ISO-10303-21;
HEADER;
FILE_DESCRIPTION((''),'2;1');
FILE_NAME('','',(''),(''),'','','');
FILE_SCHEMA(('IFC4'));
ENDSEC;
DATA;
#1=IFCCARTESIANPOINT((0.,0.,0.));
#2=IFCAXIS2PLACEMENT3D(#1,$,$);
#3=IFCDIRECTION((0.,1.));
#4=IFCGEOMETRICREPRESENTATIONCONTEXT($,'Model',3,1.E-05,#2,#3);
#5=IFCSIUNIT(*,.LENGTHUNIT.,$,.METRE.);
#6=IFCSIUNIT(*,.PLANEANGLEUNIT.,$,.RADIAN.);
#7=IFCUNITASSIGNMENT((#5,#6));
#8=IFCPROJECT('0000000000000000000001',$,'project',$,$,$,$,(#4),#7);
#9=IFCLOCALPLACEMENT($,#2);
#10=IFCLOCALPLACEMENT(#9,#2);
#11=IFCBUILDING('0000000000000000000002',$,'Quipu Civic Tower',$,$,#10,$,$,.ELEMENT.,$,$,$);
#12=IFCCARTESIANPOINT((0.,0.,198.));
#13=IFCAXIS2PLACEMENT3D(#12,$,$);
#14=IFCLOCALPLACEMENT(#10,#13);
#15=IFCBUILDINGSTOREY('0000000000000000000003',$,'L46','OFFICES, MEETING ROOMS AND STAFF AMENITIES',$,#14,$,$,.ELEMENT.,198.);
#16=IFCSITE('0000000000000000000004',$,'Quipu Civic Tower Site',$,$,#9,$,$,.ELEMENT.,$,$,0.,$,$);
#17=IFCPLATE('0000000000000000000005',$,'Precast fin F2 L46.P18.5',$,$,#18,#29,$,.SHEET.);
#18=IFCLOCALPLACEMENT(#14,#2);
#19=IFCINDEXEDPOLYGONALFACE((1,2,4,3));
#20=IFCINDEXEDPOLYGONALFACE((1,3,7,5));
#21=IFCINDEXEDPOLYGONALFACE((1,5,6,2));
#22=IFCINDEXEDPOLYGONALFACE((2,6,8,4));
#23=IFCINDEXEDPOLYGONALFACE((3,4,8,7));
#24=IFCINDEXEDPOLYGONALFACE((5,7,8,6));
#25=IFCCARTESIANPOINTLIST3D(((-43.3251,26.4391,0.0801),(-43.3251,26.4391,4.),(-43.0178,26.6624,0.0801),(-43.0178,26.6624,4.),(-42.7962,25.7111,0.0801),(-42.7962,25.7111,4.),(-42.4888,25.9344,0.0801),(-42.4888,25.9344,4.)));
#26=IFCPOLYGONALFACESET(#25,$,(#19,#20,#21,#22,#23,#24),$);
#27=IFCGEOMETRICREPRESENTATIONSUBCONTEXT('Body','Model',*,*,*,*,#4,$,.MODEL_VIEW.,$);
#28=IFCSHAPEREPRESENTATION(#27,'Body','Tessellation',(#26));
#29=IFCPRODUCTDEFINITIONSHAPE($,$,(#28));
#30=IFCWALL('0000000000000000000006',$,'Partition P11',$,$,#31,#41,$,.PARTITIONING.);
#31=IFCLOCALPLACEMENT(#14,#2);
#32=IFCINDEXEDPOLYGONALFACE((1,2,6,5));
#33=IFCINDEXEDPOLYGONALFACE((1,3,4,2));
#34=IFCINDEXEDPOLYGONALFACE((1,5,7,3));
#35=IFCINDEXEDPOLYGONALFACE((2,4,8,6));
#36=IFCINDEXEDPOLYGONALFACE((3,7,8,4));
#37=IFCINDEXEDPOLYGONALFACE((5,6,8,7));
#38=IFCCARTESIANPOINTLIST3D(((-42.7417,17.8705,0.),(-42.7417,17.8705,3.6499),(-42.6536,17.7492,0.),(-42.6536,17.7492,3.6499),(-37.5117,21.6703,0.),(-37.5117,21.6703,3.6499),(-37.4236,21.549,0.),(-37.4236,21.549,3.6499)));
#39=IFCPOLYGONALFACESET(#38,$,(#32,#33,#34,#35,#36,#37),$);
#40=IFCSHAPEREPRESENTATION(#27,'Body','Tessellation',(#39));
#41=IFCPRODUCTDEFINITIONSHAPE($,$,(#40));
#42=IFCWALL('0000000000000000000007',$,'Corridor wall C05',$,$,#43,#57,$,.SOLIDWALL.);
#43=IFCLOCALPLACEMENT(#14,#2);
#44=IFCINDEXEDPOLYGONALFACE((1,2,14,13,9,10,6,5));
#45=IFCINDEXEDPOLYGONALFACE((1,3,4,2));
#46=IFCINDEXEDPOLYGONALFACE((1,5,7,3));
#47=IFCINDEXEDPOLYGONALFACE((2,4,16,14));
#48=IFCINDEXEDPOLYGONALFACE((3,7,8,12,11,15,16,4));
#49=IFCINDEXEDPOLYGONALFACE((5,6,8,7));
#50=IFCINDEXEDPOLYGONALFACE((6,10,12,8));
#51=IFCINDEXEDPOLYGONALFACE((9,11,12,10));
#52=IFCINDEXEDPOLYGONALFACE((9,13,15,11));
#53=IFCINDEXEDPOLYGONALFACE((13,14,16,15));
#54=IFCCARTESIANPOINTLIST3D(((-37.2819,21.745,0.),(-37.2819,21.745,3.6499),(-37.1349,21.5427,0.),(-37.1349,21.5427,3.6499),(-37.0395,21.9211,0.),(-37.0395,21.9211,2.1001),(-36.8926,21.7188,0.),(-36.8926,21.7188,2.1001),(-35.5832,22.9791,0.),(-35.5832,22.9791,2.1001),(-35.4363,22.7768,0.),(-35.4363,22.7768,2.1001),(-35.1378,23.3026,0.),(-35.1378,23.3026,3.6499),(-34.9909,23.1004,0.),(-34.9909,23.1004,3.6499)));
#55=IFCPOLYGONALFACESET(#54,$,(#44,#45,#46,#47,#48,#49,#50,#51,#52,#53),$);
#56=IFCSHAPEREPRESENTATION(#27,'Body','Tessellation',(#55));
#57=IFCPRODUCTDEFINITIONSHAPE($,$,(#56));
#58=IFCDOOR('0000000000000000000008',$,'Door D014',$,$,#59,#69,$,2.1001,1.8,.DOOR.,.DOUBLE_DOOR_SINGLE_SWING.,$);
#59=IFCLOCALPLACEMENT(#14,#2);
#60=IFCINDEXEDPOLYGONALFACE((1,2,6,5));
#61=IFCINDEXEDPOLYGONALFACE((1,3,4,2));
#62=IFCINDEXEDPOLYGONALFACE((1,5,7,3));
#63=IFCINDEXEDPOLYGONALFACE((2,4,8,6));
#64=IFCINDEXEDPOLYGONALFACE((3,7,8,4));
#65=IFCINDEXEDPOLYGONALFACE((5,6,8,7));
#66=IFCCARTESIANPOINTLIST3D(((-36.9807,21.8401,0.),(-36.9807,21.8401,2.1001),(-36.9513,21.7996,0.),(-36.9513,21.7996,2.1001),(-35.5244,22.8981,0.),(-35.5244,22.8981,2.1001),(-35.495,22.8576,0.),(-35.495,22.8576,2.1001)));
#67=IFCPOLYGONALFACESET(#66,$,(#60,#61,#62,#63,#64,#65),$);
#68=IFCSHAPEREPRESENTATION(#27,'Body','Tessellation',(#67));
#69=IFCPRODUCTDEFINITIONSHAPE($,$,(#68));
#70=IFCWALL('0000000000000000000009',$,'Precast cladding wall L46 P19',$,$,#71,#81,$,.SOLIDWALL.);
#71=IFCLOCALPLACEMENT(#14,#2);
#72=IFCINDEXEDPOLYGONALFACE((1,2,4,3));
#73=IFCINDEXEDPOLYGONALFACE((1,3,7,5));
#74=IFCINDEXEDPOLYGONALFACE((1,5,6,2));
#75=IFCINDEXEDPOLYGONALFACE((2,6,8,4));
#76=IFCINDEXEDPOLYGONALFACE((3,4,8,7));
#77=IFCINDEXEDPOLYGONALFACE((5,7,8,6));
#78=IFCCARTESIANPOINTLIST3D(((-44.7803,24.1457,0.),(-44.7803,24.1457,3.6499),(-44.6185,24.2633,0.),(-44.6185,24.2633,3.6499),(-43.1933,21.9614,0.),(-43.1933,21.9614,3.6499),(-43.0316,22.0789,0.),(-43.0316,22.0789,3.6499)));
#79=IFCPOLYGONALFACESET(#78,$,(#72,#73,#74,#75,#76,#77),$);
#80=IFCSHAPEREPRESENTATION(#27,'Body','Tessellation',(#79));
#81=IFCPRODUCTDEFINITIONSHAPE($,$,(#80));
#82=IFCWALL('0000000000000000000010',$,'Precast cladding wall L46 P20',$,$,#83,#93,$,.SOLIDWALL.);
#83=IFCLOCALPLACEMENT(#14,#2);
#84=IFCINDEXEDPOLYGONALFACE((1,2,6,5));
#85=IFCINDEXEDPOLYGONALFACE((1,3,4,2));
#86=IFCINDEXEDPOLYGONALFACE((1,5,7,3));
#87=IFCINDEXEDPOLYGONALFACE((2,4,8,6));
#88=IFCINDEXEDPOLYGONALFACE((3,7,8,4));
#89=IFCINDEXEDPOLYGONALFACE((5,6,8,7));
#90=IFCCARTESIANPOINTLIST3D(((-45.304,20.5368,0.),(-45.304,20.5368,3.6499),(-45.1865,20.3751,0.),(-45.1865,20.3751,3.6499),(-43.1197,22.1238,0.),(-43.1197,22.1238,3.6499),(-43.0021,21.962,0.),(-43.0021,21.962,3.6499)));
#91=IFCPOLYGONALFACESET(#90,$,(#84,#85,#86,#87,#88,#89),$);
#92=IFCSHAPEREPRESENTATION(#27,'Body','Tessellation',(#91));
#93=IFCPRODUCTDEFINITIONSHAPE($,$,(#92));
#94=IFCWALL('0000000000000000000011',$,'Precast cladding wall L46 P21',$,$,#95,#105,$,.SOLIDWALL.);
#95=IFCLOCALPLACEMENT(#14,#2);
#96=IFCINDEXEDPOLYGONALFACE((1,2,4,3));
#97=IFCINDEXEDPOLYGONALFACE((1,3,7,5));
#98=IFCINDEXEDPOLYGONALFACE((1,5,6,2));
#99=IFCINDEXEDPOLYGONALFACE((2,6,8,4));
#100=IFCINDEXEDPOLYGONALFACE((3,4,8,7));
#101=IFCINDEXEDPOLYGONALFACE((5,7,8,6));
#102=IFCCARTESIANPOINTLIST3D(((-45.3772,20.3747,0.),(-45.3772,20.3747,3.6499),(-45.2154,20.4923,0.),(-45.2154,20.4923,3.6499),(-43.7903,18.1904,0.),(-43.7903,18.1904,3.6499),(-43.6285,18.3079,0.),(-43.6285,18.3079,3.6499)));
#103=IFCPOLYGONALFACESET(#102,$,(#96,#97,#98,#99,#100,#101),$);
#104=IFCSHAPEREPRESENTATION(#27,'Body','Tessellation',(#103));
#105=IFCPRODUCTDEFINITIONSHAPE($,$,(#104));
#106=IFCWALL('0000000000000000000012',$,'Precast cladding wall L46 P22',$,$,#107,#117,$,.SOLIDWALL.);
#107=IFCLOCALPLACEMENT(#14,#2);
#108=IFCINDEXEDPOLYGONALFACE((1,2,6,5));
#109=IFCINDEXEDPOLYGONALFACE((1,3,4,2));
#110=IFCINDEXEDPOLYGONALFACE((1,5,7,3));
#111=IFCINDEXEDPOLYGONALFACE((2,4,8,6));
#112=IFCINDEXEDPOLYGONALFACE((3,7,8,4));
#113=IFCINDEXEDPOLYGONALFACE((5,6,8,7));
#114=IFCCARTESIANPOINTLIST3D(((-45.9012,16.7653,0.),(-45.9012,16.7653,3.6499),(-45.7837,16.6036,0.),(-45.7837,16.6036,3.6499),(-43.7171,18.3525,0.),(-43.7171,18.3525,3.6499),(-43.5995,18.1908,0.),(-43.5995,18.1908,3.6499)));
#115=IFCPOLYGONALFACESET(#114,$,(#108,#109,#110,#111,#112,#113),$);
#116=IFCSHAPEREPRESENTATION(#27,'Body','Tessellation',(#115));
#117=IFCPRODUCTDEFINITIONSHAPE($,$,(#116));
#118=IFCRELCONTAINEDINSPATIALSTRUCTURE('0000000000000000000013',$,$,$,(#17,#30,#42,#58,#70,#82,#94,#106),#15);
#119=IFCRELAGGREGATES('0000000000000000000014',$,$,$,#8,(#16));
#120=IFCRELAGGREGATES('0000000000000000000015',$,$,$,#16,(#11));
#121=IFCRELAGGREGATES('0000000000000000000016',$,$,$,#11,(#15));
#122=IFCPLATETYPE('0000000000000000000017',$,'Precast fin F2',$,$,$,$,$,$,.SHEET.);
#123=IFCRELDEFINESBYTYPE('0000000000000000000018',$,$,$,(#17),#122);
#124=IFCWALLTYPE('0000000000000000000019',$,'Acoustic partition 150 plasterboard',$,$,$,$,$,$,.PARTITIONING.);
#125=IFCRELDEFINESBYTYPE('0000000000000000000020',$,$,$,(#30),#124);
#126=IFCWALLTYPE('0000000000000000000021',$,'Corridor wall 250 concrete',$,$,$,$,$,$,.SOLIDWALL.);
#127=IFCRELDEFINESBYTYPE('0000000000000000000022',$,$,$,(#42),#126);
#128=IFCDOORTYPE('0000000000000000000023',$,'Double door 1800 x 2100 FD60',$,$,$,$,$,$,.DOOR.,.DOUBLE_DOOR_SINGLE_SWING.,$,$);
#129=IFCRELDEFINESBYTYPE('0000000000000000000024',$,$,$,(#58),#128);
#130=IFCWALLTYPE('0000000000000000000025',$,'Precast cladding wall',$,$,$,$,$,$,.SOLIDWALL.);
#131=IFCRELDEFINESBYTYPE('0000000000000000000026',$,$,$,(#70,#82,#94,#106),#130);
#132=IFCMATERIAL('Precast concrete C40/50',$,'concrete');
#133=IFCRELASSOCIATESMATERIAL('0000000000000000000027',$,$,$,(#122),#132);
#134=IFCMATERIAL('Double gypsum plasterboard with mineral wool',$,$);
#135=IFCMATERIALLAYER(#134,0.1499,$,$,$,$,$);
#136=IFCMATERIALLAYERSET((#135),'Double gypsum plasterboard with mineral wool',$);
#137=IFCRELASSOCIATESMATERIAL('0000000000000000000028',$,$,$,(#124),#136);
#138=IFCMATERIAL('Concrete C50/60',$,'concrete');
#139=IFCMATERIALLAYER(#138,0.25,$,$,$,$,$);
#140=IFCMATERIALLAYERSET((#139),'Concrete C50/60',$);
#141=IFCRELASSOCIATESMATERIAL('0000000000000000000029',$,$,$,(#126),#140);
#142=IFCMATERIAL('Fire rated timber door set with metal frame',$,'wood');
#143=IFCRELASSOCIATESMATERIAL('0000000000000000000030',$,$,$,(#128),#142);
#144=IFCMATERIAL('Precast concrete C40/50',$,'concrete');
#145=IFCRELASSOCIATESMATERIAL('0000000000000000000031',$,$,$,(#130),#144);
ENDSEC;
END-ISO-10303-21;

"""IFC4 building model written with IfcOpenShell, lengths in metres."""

from ifc_helpers import new_model, si_unit, direction, frame, frame_2d, origin, origin_2d, place, context, subcontext, project, spatial, rectangle, extrude, material, layer, layer_set, type_object, element, fill, save


model = new_model("IFC4")

# Units and contexts
model_context = context("Model", 3, precision=1e-05, world=origin(), true_north=direction((0.0, 1.0)))
body_context = subcontext(model_context, "Body", "Model", "MODEL_VIEW")
ifc_project = project(units=[si_unit("LENGTHUNIT", "METRE"), si_unit("PLANEANGLEUNIT", "RADIAN")], contexts=[model_context])

# Site, building, storey
site_placement = place(None, origin())
site = spatial("IfcSite", under=ifc_project, at=site_placement, Name="Quipu Civic Tower Site", CompositionType="ELEMENT", RefElevation=0.0)
building_placement = place(site_placement, origin())
building = spatial("IfcBuilding", under=site, at=building_placement, Name="Quipu Civic Tower", CompositionType="ELEMENT")
storey_placement = place(building_placement, frame((0.0, 0.0, 198.0)))
storey = spatial("IfcBuildingStorey", under=building, at=storey_placement, Name="L46", Description="OFFICES, MEETING ROOMS AND STAFF AMENITIES", CompositionType="ELEMENT", Elevation=198.0)

# Plate
ifc_material_1 = material(Name="Precast concrete C40/50", Category="concrete")
plate_type_1 = type_object("IfcPlateType", Name="Precast fin F2", PredefinedType="SHEET", material=ifc_material_1)
for number, where, z_axis, x_axis, name in (
    (1, (-42.907, 26.1868, 0.0801), (0.0, 0.0, 1.0), (-0.809017, -0.587785, 0.0), "Precast fin F2 L46.P18.5"),
):
    element("IfcPlate", number, at=place(storey_placement, frame(where, z_axis=z_axis, x_axis=x_axis)), inside=storey, type_object=plate_type_1, Name=name, PredefinedType="SHEET", context=body_context, shape_type="SweptSolid", body=[
        extrude(rectangle(XDim=0.3799, YDim=0.8999, at=origin_2d()), origin(), (0.0, 0.0, 1.0), 3.9199),
    ])

# Wall
ifc_material_2 = material(Name="Double gypsum plasterboard with mineral wool")
ifc_layer_1 = layer(ifc_material_2, 0.1499)
ifc_layer_set_1 = layer_set([ifc_layer_1], Name="Double gypsum plasterboard with mineral wool")
wall_type_1 = type_object("IfcWallType", Name="Acoustic partition 150 plasterboard", PredefinedType="PARTITIONING", material=ifc_layer_set_1)
wall_1_placement = place(storey_placement, frame((-42.6978, 17.8098, 0.0), z_axis=(0.0, 0.0, 1.0), x_axis=(0.809017, 0.587785, 0.0)))
element("IfcWall", 2, at=wall_1_placement, inside=storey, type_object=wall_type_1, Name="Partition P11", PredefinedType="PARTITIONING", context=body_context, shape_type="SweptSolid", body=[
    extrude(rectangle(XDim=6.4646, YDim=0.1499, at=frame_2d((3.2324, 0.0))), origin(), (0.0, 0.0, 1.0), 3.6499),
])

# Wall, opening, door
ifc_material_3 = material(Name="Concrete C50/60", Category="concrete")
ifc_layer_2 = layer(ifc_material_3, 0.25)
ifc_layer_set_2 = layer_set([ifc_layer_2], Name="Concrete C50/60")
wall_type_2 = type_object("IfcWallType", Name="Corridor wall 250 concrete", PredefinedType="SOLIDWALL", material=ifc_layer_set_2)
wall_2_placement = place(storey_placement, frame((-37.2085, 21.6438, 0.0), z_axis=(0.0, 0.0, 1.0), x_axis=(0.809039, 0.587755, 0.0)))
wall_2 = element("IfcWall", 3, at=wall_2_placement, inside=storey, type_object=wall_type_2, Name="Corridor wall C05", PredefinedType="SOLIDWALL", context=body_context, shape_type="SweptSolid", body=[
    extrude(rectangle(XDim=2.6501, YDim=0.25, at=frame_2d((1.3252, 0.0))), origin(), (0.0, 0.0, 1.0), 3.6499),
])
opening_placement = place(wall_2_placement, frame((0.2998, 0.0, 0.0)))
opening = element("IfcOpeningElement", 4, at=opening_placement, cuts=wall_2, PredefinedType="OPENING", context=body_context, shape_type="SweptSolid", body=[
    extrude(rectangle(XDim=1.8, YDim=2.1001, at=frame_2d((0.8999, 1.05))), frame((0.0, 0.135, 0.0), z_axis=(0.0, -1.0, 0.0), x_axis=(1.0, 0.0, 0.0)), (0.0, 0.0, 1.0), 0.27),
])
ifc_material_4 = material(Name="Fire rated timber door set with metal frame", Category="wood")
door_type = type_object("IfcDoorType", Name="Double door 1800 x 2100 FD60", OperationType="DOUBLE_DOOR_SINGLE_SWING", PredefinedType="DOOR", material=ifc_material_4)
door_placement = place(opening_placement, origin())
door = element("IfcDoor", 5, at=door_placement, inside=storey, type_object=door_type, Name="Door D014", OperationType="DOUBLE_DOOR_SINGLE_SWING", OverallHeight=2.1001, OverallWidth=1.8, PredefinedType="DOOR", context=body_context, shape_type="SweptSolid", body=[
    extrude(rectangle(XDim=1.8, YDim=2.1001, at=frame_2d((0.8999, 1.05))), frame((0.0, 0.0249, 0.0), z_axis=(0.0, -1.0, 0.0), x_axis=(1.0, 0.0, 0.0)), (0.0, 0.0, 1.0), 0.05),
])
fill(opening, door)

# Walls
ifc_material_5 = material(Name="Precast concrete C40/50", Category="concrete")
wall_type_3 = type_object("IfcWallType", Name="Precast cladding wall", PredefinedType="SOLIDWALL", material=ifc_material_5)
for number, where, z_axis, x_axis, name in (
    (6, (-44.6995, 24.2046, 0.0), (0.0, 0.0, 1.0), (0.587763, -0.809033, 0.0), "Precast cladding wall L46 P19"),
    (7, (-43.0608, 22.043, 0.0), (0.0, 0.0, 1.0), (-0.809033, -0.587763, 0.0), "Precast cladding wall L46 P20"),
    (8, (-45.2964, 20.4336, 0.0), (0.0, 0.0, 1.0), (0.587763, -0.809033, 0.0), "Precast cladding wall L46 P21"),
    (9, (-43.6582, 18.2717, 0.0), (0.0, 0.0, 1.0), (-0.808959, -0.587865, 0.0), "Precast cladding wall L46 P22"),
):
    element("IfcWall", number, at=place(storey_placement, frame(where, z_axis=z_axis, x_axis=x_axis)), inside=storey, type_object=wall_type_3, Name=name, PredefinedType="SOLIDWALL", context=body_context, shape_type="SweptSolid", body=[
        extrude(rectangle(XDim=2.7, YDim=0.2, at=frame_2d((1.3501, 0.0))), origin(), (0.0, 0.0, 1.0), 3.6499),
    ])

save(model, "model.ifc")
